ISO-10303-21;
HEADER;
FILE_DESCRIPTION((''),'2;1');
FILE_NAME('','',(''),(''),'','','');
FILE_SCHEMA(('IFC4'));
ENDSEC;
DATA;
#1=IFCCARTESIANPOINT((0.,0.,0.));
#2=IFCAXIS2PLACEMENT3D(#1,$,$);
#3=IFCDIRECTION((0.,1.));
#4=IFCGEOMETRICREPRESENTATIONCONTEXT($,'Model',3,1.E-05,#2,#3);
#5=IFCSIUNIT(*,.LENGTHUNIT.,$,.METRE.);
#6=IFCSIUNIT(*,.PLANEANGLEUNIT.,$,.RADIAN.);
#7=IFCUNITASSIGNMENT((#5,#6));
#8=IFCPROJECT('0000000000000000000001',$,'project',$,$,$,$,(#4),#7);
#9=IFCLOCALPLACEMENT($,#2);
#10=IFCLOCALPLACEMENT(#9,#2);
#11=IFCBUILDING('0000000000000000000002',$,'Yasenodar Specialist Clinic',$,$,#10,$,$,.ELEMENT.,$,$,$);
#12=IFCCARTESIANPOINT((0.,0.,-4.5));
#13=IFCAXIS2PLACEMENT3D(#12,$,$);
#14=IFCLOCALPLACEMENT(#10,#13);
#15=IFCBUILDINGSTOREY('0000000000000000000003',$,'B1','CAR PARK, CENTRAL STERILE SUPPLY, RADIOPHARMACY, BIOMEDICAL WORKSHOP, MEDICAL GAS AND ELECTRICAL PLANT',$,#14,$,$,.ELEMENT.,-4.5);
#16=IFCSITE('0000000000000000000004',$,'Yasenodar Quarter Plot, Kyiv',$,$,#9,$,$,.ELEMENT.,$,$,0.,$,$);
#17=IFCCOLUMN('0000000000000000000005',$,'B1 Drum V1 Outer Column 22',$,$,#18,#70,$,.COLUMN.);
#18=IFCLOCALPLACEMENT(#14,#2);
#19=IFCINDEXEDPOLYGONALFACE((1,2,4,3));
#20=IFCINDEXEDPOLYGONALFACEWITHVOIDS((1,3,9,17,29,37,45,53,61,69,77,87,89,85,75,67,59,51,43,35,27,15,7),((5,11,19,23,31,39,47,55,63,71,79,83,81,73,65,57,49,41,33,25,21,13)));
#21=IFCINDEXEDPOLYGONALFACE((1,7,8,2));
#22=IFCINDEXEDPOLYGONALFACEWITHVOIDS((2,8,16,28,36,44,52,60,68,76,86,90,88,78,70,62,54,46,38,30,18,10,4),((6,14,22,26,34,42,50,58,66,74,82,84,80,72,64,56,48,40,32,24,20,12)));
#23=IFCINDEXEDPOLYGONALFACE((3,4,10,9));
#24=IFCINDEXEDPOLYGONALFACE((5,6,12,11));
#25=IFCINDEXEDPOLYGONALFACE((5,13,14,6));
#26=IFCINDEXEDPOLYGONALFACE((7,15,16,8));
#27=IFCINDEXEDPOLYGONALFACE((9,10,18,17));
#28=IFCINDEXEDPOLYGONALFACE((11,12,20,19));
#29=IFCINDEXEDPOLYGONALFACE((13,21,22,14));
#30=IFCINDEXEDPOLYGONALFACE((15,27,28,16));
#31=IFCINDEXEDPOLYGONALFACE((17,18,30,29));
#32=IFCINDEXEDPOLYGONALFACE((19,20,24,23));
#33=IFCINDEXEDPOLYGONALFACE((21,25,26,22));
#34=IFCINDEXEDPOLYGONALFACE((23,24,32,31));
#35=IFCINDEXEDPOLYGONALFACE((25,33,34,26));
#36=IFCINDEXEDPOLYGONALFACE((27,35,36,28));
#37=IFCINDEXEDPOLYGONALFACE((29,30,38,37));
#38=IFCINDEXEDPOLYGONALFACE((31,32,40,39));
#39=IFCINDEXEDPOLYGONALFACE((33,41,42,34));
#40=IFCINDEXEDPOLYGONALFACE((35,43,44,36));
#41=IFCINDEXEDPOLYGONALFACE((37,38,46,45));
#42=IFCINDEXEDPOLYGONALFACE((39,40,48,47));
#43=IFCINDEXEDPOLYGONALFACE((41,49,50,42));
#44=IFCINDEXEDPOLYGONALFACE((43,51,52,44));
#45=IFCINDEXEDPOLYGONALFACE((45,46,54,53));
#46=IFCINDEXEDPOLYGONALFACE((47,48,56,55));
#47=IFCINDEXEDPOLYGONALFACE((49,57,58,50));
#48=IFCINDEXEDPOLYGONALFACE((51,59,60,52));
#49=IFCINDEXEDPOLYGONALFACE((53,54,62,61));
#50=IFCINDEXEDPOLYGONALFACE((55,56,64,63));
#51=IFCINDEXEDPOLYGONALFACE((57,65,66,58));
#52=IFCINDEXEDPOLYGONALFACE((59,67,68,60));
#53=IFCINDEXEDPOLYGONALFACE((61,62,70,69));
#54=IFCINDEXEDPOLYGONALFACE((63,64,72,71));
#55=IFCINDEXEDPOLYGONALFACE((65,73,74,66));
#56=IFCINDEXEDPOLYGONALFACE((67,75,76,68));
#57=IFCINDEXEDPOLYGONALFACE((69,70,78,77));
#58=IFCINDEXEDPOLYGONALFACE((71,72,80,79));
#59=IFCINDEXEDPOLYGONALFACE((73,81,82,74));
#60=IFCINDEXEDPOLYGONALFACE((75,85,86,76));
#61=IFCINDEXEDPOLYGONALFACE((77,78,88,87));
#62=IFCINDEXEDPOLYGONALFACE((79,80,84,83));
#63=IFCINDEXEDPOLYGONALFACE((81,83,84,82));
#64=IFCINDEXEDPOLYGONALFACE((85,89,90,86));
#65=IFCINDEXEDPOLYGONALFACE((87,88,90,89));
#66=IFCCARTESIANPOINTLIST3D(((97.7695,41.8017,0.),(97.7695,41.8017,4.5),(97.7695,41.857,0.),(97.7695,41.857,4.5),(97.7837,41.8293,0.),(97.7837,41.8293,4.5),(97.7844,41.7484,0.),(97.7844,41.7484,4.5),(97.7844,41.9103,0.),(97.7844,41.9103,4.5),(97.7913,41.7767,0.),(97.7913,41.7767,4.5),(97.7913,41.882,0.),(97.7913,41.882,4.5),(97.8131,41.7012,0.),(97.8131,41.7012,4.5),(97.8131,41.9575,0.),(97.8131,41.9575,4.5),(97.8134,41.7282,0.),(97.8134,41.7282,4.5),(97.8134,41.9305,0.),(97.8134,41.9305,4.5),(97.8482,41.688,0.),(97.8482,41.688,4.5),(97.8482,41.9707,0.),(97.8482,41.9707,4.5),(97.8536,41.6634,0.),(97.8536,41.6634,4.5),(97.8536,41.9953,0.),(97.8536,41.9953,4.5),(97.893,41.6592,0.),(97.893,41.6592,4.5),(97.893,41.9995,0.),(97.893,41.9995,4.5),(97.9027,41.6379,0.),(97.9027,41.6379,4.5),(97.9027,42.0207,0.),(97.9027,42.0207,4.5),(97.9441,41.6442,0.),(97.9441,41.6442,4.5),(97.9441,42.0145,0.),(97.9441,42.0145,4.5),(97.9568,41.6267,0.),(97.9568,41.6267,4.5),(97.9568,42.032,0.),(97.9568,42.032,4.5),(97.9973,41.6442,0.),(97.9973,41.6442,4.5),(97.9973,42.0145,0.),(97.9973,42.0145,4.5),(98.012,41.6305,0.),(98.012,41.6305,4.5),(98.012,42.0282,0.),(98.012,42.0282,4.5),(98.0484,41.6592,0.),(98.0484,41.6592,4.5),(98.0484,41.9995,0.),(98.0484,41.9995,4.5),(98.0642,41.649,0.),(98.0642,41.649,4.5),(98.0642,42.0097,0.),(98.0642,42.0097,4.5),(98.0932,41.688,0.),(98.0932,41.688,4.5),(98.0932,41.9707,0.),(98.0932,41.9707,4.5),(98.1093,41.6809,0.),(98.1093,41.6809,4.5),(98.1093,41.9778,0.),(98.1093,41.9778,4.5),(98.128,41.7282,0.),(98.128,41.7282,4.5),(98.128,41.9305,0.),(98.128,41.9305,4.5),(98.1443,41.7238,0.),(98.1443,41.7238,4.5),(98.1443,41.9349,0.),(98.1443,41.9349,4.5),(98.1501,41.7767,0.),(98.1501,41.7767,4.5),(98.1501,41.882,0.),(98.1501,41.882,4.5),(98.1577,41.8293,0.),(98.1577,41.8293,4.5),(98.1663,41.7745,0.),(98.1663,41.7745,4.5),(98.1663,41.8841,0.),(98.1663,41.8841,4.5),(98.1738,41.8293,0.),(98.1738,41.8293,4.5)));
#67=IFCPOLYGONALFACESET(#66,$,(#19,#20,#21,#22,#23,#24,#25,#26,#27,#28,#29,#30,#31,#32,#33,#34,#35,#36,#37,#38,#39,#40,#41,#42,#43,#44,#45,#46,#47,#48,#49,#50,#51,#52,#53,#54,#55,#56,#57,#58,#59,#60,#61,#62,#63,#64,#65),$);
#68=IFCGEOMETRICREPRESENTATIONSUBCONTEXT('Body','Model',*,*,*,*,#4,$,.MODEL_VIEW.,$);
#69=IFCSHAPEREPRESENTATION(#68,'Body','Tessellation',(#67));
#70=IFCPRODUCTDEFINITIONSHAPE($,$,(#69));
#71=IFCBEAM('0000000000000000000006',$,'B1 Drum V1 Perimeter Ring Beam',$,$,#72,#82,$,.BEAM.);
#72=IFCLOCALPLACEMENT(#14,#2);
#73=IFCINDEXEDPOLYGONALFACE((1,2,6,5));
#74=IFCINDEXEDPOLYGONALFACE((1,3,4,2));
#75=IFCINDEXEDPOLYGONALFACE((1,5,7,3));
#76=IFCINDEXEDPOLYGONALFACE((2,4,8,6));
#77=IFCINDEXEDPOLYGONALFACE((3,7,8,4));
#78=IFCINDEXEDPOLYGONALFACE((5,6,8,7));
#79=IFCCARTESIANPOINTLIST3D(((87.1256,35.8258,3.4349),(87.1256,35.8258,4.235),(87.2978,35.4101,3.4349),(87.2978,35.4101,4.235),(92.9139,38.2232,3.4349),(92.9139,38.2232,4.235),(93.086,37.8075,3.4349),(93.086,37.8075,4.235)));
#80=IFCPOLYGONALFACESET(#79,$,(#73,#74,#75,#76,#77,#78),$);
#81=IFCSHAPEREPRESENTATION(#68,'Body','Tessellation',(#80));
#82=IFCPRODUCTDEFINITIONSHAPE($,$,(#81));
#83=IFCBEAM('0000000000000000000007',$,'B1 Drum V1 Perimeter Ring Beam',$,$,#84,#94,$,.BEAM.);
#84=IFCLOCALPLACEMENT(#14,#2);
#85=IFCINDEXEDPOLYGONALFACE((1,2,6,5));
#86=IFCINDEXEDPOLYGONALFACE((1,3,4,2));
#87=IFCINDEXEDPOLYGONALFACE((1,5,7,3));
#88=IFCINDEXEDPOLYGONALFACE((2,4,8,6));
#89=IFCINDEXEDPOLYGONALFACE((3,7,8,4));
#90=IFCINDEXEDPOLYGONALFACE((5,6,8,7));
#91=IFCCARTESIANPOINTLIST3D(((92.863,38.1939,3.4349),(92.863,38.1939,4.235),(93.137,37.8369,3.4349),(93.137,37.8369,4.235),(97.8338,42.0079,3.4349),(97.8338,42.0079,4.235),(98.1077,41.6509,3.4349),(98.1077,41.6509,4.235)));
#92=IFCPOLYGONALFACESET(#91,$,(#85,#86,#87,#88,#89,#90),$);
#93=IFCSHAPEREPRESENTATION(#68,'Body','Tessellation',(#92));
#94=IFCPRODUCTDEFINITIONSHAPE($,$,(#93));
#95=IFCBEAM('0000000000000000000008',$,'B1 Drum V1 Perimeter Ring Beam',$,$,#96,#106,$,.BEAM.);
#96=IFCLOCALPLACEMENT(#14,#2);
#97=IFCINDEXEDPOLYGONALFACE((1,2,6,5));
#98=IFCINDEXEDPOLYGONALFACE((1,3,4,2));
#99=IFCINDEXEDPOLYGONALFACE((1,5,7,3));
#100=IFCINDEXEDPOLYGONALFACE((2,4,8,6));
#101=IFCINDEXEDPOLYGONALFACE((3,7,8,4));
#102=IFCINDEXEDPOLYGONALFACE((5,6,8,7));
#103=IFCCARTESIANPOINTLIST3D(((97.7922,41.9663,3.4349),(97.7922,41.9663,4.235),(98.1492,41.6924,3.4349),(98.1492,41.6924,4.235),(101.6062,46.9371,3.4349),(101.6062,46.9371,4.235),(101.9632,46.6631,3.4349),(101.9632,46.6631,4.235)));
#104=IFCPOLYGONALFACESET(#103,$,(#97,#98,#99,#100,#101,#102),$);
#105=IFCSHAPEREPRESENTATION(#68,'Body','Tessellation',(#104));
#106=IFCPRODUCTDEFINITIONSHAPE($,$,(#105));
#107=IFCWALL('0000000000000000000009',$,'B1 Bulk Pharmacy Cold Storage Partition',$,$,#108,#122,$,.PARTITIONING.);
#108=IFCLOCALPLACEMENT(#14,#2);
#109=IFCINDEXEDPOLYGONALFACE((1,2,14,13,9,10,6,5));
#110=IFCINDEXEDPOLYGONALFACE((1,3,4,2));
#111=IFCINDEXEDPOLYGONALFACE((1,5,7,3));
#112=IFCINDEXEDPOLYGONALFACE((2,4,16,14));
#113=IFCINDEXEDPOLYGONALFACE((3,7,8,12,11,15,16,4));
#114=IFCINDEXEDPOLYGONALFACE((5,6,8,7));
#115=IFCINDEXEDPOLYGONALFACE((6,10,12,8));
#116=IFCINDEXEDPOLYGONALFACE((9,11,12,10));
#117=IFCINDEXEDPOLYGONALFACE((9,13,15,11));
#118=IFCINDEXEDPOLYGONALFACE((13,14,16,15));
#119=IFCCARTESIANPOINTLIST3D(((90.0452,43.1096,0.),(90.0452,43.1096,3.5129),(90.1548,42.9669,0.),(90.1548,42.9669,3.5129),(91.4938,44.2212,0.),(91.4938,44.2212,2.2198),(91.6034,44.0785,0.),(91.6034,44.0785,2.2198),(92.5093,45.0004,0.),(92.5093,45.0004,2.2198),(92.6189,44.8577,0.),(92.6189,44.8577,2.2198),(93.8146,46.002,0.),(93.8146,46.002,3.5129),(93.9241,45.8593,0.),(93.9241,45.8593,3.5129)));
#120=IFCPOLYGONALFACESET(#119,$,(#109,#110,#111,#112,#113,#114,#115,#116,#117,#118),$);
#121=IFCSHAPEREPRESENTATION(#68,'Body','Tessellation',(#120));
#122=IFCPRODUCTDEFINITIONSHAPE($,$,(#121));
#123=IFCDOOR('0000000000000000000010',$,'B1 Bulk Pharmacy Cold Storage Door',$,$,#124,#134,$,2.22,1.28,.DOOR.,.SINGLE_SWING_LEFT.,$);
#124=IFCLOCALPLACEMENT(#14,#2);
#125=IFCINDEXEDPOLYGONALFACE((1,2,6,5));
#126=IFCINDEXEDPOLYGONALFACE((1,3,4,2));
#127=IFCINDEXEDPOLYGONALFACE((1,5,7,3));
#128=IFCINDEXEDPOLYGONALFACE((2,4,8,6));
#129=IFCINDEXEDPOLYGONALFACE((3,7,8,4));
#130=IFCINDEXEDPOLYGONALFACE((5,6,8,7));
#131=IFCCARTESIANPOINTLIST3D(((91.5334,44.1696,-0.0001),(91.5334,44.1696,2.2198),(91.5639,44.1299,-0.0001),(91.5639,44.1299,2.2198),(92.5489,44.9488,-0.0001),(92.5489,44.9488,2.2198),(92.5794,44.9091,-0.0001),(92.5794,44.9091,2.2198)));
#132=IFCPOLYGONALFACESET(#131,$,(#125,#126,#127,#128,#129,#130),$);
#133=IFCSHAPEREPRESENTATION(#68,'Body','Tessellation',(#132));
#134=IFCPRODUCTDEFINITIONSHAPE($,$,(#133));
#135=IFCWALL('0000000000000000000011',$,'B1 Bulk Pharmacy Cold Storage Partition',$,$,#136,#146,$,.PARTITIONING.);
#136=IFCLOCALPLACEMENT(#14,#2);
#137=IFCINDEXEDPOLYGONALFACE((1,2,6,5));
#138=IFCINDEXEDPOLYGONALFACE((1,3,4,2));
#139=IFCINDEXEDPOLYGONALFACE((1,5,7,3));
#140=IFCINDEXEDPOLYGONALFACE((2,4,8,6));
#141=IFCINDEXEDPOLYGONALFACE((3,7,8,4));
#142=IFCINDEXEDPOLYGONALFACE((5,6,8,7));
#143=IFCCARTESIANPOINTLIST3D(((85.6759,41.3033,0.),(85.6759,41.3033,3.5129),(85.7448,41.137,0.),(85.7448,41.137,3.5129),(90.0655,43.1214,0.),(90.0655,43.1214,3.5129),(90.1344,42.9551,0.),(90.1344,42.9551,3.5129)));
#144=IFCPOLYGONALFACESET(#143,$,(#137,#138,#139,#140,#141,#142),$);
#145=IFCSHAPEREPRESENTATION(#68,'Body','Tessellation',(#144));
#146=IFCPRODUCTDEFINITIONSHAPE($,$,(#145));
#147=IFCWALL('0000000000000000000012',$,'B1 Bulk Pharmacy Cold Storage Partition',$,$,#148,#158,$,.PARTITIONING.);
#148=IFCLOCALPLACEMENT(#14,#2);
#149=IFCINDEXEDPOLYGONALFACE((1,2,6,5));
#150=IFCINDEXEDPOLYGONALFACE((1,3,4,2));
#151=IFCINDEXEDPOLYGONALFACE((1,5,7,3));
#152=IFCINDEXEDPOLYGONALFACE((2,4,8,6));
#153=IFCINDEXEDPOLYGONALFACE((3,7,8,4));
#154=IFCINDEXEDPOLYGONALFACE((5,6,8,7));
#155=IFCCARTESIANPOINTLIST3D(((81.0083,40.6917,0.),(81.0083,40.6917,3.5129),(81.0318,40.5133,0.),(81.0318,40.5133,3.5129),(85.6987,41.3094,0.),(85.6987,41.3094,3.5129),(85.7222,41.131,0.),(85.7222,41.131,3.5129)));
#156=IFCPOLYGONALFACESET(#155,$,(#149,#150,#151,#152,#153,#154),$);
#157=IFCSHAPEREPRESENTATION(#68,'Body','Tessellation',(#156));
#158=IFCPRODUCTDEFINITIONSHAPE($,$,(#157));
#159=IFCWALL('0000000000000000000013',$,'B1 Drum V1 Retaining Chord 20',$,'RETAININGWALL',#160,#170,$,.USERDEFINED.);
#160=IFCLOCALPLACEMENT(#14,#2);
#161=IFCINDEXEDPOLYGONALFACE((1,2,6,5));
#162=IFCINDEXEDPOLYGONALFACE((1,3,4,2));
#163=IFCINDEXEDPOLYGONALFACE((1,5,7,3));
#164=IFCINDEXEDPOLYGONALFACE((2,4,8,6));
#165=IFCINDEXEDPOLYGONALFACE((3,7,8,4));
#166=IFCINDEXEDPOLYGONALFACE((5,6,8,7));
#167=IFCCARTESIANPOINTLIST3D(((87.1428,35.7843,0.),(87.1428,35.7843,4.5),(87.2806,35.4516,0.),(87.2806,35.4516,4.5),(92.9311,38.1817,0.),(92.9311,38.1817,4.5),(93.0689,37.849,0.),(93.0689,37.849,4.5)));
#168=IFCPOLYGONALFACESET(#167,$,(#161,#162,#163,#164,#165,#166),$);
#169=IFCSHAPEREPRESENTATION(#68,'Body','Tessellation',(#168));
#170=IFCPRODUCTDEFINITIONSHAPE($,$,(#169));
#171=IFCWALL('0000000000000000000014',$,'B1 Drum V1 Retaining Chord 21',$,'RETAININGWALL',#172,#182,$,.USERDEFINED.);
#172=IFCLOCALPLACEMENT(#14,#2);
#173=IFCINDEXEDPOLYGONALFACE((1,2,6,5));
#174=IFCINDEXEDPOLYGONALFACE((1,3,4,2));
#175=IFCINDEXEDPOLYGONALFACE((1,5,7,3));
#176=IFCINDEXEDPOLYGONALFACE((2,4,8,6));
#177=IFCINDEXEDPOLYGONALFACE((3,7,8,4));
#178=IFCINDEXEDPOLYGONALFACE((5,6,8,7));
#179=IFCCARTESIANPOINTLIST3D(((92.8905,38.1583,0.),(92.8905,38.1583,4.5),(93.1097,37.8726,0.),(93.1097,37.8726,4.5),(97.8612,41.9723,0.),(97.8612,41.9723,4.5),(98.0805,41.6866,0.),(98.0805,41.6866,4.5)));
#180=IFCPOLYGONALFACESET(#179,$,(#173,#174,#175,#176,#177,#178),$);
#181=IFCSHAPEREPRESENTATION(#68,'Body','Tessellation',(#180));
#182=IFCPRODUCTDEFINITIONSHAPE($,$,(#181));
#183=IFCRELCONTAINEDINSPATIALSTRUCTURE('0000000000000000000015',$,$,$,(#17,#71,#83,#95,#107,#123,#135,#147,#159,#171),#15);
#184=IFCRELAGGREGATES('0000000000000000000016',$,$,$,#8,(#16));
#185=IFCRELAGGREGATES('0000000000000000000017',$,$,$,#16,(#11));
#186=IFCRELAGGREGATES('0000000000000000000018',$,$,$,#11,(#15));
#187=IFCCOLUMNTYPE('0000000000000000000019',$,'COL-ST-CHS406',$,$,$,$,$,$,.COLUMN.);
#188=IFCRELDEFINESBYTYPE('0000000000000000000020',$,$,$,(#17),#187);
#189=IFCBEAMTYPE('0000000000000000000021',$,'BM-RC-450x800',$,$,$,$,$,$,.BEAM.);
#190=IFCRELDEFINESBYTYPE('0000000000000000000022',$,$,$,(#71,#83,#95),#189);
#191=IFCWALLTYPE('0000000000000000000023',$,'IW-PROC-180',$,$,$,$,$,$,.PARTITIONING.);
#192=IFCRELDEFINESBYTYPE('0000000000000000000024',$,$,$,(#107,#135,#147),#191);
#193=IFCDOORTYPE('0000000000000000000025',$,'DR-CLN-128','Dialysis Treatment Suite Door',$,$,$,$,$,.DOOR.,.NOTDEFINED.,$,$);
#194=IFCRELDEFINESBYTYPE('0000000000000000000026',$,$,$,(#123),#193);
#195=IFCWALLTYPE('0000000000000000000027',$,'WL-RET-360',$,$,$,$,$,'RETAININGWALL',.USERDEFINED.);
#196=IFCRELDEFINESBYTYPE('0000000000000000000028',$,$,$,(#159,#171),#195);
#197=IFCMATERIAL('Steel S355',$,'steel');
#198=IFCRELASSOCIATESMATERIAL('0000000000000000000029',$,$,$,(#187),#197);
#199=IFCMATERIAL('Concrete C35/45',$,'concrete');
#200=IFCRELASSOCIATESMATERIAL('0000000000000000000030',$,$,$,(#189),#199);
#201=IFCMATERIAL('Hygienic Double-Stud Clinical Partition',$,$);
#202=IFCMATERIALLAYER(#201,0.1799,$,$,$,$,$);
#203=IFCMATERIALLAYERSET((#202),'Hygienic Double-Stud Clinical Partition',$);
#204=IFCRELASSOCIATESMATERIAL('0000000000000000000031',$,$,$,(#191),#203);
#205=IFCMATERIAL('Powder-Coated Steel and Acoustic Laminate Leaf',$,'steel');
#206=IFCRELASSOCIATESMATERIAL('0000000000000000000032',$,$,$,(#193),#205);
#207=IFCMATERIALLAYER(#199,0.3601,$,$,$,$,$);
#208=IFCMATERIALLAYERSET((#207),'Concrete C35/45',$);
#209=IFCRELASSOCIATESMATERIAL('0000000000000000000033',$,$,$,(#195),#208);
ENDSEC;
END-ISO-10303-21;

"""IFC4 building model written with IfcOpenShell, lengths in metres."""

from ifc_helpers import new_model, si_unit, direction, frame, frame_2d, origin, origin_2d, place, context, subcontext, project, spatial, rectangle, hollow_circle, extrude, material, layer, layer_set, material_profile, profile_set, type_object, element, fill, save


model = new_model("IFC4")

# Units and contexts
model_context = context("Model", 3, precision=1e-05, world=origin(), true_north=direction((0.0, 1.0)))
body_context = subcontext(model_context, "Body", "Model", "MODEL_VIEW")
ifc_project = project(units=[si_unit("LENGTHUNIT", "METRE"), si_unit("PLANEANGLEUNIT", "RADIAN")], contexts=[model_context])

# Site, building, storey
site_placement = place(None, origin())
site = spatial("IfcSite", under=ifc_project, at=site_placement, Name="Yasenodar Quarter Plot, Kyiv", CompositionType="ELEMENT", RefElevation=0.0)
building_placement = place(site_placement, origin())
building = spatial("IfcBuilding", under=site, at=building_placement, Name="Yasenodar Specialist Clinic", CompositionType="ELEMENT")
storey_placement = place(building_placement, frame((0.0, 0.0, -4.5)))
storey = spatial("IfcBuildingStorey", under=building, at=storey_placement, Name="B1", Description="CAR PARK, CENTRAL STERILE SUPPLY, RADIOPHARMACY, BIOMEDICAL WORKSHOP, MEDICAL GAS AND ELECTRICAL PLANT", CompositionType="ELEMENT", Elevation=-4.5)

# Shared definitions
ifc_material_1 = material(Name="Concrete C35/45", Category="concrete")

# Column
ifc_material_2 = material(Name="Steel S355", Category="steel")
ifc_material_profile_1 = material_profile(ifc_material_2, hollow_circle(Radius=0.2031, WallThickness=0.0161, at=origin_2d()), Name="CHS 406.4x16")
ifc_profile_set_1 = profile_set([ifc_material_profile_1], Name="Steel S355")
column_type_1 = type_object("IfcColumnType", Name="COL-ST-CHS406", PredefinedType="COLUMN", material=ifc_profile_set_1)
for number, where, z_axis, x_axis, name in (
    (1, (97.9707, 41.8293, 0.0), (0.0, 0.0, 1.0), (1.0, 0.0, 0.0), "B1 Drum V1 Outer Column 22"),
):
    element("IfcColumn", number, at=place(storey_placement, frame(where, z_axis=z_axis, x_axis=x_axis)), inside=storey, type_object=column_type_1, Name=name, PredefinedType="COLUMN", context=body_context, shape_type="SweptSolid", body=[
        extrude(hollow_circle(Radius=0.2031, WallThickness=0.0161, at=origin_2d()), origin(), (0.0, 0.0, 1.0), 4.5),
    ])

# Beams
ifc_material_profile_2 = material_profile(ifc_material_1, rectangle(XDim=0.45, YDim=0.8, at=origin_2d()), Name="RC 450x800")
ifc_profile_set_2 = profile_set([ifc_material_profile_2], Name="Concrete C35/45")
beam_type = type_object("IfcBeamType", Name="BM-RC-450x800", PredefinedType="BEAM", material=ifc_profile_set_2)
beam_placement = place(storey_placement, frame((87.2117, 35.6179, 3.835), z_axis=(0.923888, 0.382664, 0.0), x_axis=(-0.382664, 0.923888, 0.0)))
element("IfcBeam", 2, at=beam_placement, inside=storey, type_object=beam_type, Name="B1 Drum V1 Perimeter Ring Beam", PredefinedType="BEAM", context=body_context, shape_type="SweptSolid", body=[
    extrude(rectangle(XDim=0.45, YDim=0.8, at=origin_2d()), origin(), (0.0, 0.0, 1.0), 6.2651),
])
for number, where, z_axis, x_axis, name in (
    (3, (93.0, 38.0154, 3.835), (0.793368, 0.608742, 0.0), (-0.608742, 0.793368, 0.0), "B1 Drum V1 Perimeter Ring Beam"),
    (4, (97.9707, 41.8293, 3.835), (0.608742, 0.793368, 0.0), (-0.793368, 0.608742, 0.0), "B1 Drum V1 Perimeter Ring Beam"),
):
    element("IfcBeam", number, at=place(storey_placement, frame(where, z_axis=z_axis, x_axis=x_axis)), inside=storey, type_object=beam_type, Name=name, PredefinedType="BEAM", context=body_context, shape_type="SweptSolid", body=[
        extrude(rectangle(XDim=0.45, YDim=0.8, at=origin_2d()), origin(), (0.0, 0.0, 1.0), 6.2654),
    ])

# Wall, opening, door
ifc_material_3 = material(Name="Hygienic Double-Stud Clinical Partition")
ifc_layer_1 = layer(ifc_material_3, 0.1799)
ifc_layer_set_1 = layer_set([ifc_layer_1], Name="Hygienic Double-Stud Clinical Partition")
wall_type_1 = type_object("IfcWallType", Name="IW-PROC-180", PredefinedType="PARTITIONING", material=ifc_layer_set_1)
wall_1_placement = place(storey_placement, frame((90.1001, 43.0383, 0.0), z_axis=(0.0, 0.0, 1.0), x_axis=(0.793347, 0.608769, 0.0)))
wall_1 = element("IfcWall", 5, at=wall_1_placement, inside=storey, type_object=wall_type_1, Name="B1 Bulk Pharmacy Cold Storage Partition", PredefinedType="PARTITIONING", context=body_context, shape_type="SweptSolid", body=[
    extrude(rectangle(XDim=4.7512, YDim=0.1799, at=frame_2d((2.3755, 0.0))), origin(), (0.0, 0.0, 1.0), 3.5129),
])
opening_placement = place(wall_1_placement, frame((1.8257, 0.0, 0.0)))
opening = element("IfcOpeningElement", 6, at=opening_placement, cuts=wall_1, PredefinedType="OPENING", context=body_context, shape_type="SweptSolid", body=[
    extrude(rectangle(XDim=1.28, YDim=2.22, at=frame_2d((0.6401, 1.1099))), frame((0.0, 0.1001, 0.0), z_axis=(0.0, -1.0, 0.0), x_axis=(1.0, 0.0, 0.0)), (0.0, 0.0, 1.0), 0.2),
])
ifc_material_4 = material(Name="Powder-Coated Steel and Acoustic Laminate Leaf", Category="steel")
door_type = type_object("IfcDoorType", Name="DR-CLN-128", Description="Dialysis Treatment Suite Door", OperationType="NOTDEFINED", PredefinedType="DOOR", material=ifc_material_4)
door_placement = place(opening_placement, origin())
door = element("IfcDoor", 7, at=door_placement, inside=storey, type_object=door_type, Name="B1 Bulk Pharmacy Cold Storage Door", OperationType="SINGLE_SWING_LEFT", OverallHeight=2.22, OverallWidth=1.28, PredefinedType="DOOR", context=body_context, shape_type="SweptSolid", body=[
    extrude(rectangle(XDim=1.28, YDim=2.22, at=frame_2d((0.6401, 1.1099))), frame((0.0, 0.0249, 0.0), z_axis=(0.0, -1.0, 0.0), x_axis=(1.0, 0.0, 0.0)), (0.0, 0.0, 1.0), 0.05),
])
fill(opening, door)

# Walls
wall_2_placement = place(storey_placement, frame((85.7104, 41.2202, 0.0), z_axis=(0.0, 0.0, 1.0), x_axis=(0.92389, 0.382659, 0.0)))
element("IfcWall", 8, at=wall_2_placement, inside=storey, type_object=wall_type_1, Name="B1 Bulk Pharmacy Cold Storage Partition", PredefinedType="PARTITIONING", context=body_context, shape_type="SweptSolid", body=[
    extrude(rectangle(XDim=4.7512, YDim=0.1799, at=frame_2d((2.3755, 0.0))), origin(), (0.0, 0.0, 1.0), 3.5129),
])
wall_3_placement = place(storey_placement, frame((81.02, 40.6025, 0.0), z_axis=(0.0, 0.0, 1.0), x_axis=(0.99144, 0.130561, 0.0)))
element("IfcWall", 9, at=wall_3_placement, inside=storey, type_object=wall_type_1, Name="B1 Bulk Pharmacy Cold Storage Partition", PredefinedType="PARTITIONING", context=body_context, shape_type="SweptSolid", body=[
    extrude(rectangle(XDim=4.731, YDim=0.1799, at=frame_2d((2.3655, 0.0))), origin(), (0.0, 0.0, 1.0), 3.5129),
])
ifc_layer_2 = layer(ifc_material_1, 0.3601)
ifc_layer_set_2 = layer_set([ifc_layer_2], Name="Concrete C35/45")
wall_type_2 = type_object("IfcWallType", Name="WL-RET-360", ElementType="RETAININGWALL", PredefinedType="USERDEFINED", material=ifc_layer_set_2)
wall_4_placement = place(storey_placement, frame((87.2117, 35.6179, 0.0), z_axis=(0.0, 0.0, 1.0), x_axis=(0.923888, 0.382664, 0.0)))
element("IfcWall", 10, at=wall_4_placement, inside=storey, type_object=wall_type_2, Name="B1 Drum V1 Retaining Chord 20", ObjectType="RETAININGWALL", PredefinedType="USERDEFINED", context=body_context, shape_type="SweptSolid", body=[
    extrude(rectangle(XDim=6.2651, YDim=0.3601, at=frame_2d((3.1326, 0.0))), origin(), (0.0, 0.0, 1.0), 4.5),
])
for number, where, z_axis, x_axis, name in (
    (11, (93.0, 38.0154, 0.0), (0.0, 0.0, 1.0), (0.793368, 0.608742, 0.0), "B1 Drum V1 Retaining Chord 21"),
):
    element("IfcWall", number, at=place(storey_placement, frame(where, z_axis=z_axis, x_axis=x_axis)), inside=storey, type_object=wall_type_2, Name=name, ObjectType="RETAININGWALL", PredefinedType="USERDEFINED", context=body_context, shape_type="SweptSolid", body=[
        extrude(rectangle(XDim=6.2654, YDim=0.3601, at=frame_2d((3.1328, 0.0))), origin(), (0.0, 0.0, 1.0), 4.5),
    ])

save(model, "model.ifc")
